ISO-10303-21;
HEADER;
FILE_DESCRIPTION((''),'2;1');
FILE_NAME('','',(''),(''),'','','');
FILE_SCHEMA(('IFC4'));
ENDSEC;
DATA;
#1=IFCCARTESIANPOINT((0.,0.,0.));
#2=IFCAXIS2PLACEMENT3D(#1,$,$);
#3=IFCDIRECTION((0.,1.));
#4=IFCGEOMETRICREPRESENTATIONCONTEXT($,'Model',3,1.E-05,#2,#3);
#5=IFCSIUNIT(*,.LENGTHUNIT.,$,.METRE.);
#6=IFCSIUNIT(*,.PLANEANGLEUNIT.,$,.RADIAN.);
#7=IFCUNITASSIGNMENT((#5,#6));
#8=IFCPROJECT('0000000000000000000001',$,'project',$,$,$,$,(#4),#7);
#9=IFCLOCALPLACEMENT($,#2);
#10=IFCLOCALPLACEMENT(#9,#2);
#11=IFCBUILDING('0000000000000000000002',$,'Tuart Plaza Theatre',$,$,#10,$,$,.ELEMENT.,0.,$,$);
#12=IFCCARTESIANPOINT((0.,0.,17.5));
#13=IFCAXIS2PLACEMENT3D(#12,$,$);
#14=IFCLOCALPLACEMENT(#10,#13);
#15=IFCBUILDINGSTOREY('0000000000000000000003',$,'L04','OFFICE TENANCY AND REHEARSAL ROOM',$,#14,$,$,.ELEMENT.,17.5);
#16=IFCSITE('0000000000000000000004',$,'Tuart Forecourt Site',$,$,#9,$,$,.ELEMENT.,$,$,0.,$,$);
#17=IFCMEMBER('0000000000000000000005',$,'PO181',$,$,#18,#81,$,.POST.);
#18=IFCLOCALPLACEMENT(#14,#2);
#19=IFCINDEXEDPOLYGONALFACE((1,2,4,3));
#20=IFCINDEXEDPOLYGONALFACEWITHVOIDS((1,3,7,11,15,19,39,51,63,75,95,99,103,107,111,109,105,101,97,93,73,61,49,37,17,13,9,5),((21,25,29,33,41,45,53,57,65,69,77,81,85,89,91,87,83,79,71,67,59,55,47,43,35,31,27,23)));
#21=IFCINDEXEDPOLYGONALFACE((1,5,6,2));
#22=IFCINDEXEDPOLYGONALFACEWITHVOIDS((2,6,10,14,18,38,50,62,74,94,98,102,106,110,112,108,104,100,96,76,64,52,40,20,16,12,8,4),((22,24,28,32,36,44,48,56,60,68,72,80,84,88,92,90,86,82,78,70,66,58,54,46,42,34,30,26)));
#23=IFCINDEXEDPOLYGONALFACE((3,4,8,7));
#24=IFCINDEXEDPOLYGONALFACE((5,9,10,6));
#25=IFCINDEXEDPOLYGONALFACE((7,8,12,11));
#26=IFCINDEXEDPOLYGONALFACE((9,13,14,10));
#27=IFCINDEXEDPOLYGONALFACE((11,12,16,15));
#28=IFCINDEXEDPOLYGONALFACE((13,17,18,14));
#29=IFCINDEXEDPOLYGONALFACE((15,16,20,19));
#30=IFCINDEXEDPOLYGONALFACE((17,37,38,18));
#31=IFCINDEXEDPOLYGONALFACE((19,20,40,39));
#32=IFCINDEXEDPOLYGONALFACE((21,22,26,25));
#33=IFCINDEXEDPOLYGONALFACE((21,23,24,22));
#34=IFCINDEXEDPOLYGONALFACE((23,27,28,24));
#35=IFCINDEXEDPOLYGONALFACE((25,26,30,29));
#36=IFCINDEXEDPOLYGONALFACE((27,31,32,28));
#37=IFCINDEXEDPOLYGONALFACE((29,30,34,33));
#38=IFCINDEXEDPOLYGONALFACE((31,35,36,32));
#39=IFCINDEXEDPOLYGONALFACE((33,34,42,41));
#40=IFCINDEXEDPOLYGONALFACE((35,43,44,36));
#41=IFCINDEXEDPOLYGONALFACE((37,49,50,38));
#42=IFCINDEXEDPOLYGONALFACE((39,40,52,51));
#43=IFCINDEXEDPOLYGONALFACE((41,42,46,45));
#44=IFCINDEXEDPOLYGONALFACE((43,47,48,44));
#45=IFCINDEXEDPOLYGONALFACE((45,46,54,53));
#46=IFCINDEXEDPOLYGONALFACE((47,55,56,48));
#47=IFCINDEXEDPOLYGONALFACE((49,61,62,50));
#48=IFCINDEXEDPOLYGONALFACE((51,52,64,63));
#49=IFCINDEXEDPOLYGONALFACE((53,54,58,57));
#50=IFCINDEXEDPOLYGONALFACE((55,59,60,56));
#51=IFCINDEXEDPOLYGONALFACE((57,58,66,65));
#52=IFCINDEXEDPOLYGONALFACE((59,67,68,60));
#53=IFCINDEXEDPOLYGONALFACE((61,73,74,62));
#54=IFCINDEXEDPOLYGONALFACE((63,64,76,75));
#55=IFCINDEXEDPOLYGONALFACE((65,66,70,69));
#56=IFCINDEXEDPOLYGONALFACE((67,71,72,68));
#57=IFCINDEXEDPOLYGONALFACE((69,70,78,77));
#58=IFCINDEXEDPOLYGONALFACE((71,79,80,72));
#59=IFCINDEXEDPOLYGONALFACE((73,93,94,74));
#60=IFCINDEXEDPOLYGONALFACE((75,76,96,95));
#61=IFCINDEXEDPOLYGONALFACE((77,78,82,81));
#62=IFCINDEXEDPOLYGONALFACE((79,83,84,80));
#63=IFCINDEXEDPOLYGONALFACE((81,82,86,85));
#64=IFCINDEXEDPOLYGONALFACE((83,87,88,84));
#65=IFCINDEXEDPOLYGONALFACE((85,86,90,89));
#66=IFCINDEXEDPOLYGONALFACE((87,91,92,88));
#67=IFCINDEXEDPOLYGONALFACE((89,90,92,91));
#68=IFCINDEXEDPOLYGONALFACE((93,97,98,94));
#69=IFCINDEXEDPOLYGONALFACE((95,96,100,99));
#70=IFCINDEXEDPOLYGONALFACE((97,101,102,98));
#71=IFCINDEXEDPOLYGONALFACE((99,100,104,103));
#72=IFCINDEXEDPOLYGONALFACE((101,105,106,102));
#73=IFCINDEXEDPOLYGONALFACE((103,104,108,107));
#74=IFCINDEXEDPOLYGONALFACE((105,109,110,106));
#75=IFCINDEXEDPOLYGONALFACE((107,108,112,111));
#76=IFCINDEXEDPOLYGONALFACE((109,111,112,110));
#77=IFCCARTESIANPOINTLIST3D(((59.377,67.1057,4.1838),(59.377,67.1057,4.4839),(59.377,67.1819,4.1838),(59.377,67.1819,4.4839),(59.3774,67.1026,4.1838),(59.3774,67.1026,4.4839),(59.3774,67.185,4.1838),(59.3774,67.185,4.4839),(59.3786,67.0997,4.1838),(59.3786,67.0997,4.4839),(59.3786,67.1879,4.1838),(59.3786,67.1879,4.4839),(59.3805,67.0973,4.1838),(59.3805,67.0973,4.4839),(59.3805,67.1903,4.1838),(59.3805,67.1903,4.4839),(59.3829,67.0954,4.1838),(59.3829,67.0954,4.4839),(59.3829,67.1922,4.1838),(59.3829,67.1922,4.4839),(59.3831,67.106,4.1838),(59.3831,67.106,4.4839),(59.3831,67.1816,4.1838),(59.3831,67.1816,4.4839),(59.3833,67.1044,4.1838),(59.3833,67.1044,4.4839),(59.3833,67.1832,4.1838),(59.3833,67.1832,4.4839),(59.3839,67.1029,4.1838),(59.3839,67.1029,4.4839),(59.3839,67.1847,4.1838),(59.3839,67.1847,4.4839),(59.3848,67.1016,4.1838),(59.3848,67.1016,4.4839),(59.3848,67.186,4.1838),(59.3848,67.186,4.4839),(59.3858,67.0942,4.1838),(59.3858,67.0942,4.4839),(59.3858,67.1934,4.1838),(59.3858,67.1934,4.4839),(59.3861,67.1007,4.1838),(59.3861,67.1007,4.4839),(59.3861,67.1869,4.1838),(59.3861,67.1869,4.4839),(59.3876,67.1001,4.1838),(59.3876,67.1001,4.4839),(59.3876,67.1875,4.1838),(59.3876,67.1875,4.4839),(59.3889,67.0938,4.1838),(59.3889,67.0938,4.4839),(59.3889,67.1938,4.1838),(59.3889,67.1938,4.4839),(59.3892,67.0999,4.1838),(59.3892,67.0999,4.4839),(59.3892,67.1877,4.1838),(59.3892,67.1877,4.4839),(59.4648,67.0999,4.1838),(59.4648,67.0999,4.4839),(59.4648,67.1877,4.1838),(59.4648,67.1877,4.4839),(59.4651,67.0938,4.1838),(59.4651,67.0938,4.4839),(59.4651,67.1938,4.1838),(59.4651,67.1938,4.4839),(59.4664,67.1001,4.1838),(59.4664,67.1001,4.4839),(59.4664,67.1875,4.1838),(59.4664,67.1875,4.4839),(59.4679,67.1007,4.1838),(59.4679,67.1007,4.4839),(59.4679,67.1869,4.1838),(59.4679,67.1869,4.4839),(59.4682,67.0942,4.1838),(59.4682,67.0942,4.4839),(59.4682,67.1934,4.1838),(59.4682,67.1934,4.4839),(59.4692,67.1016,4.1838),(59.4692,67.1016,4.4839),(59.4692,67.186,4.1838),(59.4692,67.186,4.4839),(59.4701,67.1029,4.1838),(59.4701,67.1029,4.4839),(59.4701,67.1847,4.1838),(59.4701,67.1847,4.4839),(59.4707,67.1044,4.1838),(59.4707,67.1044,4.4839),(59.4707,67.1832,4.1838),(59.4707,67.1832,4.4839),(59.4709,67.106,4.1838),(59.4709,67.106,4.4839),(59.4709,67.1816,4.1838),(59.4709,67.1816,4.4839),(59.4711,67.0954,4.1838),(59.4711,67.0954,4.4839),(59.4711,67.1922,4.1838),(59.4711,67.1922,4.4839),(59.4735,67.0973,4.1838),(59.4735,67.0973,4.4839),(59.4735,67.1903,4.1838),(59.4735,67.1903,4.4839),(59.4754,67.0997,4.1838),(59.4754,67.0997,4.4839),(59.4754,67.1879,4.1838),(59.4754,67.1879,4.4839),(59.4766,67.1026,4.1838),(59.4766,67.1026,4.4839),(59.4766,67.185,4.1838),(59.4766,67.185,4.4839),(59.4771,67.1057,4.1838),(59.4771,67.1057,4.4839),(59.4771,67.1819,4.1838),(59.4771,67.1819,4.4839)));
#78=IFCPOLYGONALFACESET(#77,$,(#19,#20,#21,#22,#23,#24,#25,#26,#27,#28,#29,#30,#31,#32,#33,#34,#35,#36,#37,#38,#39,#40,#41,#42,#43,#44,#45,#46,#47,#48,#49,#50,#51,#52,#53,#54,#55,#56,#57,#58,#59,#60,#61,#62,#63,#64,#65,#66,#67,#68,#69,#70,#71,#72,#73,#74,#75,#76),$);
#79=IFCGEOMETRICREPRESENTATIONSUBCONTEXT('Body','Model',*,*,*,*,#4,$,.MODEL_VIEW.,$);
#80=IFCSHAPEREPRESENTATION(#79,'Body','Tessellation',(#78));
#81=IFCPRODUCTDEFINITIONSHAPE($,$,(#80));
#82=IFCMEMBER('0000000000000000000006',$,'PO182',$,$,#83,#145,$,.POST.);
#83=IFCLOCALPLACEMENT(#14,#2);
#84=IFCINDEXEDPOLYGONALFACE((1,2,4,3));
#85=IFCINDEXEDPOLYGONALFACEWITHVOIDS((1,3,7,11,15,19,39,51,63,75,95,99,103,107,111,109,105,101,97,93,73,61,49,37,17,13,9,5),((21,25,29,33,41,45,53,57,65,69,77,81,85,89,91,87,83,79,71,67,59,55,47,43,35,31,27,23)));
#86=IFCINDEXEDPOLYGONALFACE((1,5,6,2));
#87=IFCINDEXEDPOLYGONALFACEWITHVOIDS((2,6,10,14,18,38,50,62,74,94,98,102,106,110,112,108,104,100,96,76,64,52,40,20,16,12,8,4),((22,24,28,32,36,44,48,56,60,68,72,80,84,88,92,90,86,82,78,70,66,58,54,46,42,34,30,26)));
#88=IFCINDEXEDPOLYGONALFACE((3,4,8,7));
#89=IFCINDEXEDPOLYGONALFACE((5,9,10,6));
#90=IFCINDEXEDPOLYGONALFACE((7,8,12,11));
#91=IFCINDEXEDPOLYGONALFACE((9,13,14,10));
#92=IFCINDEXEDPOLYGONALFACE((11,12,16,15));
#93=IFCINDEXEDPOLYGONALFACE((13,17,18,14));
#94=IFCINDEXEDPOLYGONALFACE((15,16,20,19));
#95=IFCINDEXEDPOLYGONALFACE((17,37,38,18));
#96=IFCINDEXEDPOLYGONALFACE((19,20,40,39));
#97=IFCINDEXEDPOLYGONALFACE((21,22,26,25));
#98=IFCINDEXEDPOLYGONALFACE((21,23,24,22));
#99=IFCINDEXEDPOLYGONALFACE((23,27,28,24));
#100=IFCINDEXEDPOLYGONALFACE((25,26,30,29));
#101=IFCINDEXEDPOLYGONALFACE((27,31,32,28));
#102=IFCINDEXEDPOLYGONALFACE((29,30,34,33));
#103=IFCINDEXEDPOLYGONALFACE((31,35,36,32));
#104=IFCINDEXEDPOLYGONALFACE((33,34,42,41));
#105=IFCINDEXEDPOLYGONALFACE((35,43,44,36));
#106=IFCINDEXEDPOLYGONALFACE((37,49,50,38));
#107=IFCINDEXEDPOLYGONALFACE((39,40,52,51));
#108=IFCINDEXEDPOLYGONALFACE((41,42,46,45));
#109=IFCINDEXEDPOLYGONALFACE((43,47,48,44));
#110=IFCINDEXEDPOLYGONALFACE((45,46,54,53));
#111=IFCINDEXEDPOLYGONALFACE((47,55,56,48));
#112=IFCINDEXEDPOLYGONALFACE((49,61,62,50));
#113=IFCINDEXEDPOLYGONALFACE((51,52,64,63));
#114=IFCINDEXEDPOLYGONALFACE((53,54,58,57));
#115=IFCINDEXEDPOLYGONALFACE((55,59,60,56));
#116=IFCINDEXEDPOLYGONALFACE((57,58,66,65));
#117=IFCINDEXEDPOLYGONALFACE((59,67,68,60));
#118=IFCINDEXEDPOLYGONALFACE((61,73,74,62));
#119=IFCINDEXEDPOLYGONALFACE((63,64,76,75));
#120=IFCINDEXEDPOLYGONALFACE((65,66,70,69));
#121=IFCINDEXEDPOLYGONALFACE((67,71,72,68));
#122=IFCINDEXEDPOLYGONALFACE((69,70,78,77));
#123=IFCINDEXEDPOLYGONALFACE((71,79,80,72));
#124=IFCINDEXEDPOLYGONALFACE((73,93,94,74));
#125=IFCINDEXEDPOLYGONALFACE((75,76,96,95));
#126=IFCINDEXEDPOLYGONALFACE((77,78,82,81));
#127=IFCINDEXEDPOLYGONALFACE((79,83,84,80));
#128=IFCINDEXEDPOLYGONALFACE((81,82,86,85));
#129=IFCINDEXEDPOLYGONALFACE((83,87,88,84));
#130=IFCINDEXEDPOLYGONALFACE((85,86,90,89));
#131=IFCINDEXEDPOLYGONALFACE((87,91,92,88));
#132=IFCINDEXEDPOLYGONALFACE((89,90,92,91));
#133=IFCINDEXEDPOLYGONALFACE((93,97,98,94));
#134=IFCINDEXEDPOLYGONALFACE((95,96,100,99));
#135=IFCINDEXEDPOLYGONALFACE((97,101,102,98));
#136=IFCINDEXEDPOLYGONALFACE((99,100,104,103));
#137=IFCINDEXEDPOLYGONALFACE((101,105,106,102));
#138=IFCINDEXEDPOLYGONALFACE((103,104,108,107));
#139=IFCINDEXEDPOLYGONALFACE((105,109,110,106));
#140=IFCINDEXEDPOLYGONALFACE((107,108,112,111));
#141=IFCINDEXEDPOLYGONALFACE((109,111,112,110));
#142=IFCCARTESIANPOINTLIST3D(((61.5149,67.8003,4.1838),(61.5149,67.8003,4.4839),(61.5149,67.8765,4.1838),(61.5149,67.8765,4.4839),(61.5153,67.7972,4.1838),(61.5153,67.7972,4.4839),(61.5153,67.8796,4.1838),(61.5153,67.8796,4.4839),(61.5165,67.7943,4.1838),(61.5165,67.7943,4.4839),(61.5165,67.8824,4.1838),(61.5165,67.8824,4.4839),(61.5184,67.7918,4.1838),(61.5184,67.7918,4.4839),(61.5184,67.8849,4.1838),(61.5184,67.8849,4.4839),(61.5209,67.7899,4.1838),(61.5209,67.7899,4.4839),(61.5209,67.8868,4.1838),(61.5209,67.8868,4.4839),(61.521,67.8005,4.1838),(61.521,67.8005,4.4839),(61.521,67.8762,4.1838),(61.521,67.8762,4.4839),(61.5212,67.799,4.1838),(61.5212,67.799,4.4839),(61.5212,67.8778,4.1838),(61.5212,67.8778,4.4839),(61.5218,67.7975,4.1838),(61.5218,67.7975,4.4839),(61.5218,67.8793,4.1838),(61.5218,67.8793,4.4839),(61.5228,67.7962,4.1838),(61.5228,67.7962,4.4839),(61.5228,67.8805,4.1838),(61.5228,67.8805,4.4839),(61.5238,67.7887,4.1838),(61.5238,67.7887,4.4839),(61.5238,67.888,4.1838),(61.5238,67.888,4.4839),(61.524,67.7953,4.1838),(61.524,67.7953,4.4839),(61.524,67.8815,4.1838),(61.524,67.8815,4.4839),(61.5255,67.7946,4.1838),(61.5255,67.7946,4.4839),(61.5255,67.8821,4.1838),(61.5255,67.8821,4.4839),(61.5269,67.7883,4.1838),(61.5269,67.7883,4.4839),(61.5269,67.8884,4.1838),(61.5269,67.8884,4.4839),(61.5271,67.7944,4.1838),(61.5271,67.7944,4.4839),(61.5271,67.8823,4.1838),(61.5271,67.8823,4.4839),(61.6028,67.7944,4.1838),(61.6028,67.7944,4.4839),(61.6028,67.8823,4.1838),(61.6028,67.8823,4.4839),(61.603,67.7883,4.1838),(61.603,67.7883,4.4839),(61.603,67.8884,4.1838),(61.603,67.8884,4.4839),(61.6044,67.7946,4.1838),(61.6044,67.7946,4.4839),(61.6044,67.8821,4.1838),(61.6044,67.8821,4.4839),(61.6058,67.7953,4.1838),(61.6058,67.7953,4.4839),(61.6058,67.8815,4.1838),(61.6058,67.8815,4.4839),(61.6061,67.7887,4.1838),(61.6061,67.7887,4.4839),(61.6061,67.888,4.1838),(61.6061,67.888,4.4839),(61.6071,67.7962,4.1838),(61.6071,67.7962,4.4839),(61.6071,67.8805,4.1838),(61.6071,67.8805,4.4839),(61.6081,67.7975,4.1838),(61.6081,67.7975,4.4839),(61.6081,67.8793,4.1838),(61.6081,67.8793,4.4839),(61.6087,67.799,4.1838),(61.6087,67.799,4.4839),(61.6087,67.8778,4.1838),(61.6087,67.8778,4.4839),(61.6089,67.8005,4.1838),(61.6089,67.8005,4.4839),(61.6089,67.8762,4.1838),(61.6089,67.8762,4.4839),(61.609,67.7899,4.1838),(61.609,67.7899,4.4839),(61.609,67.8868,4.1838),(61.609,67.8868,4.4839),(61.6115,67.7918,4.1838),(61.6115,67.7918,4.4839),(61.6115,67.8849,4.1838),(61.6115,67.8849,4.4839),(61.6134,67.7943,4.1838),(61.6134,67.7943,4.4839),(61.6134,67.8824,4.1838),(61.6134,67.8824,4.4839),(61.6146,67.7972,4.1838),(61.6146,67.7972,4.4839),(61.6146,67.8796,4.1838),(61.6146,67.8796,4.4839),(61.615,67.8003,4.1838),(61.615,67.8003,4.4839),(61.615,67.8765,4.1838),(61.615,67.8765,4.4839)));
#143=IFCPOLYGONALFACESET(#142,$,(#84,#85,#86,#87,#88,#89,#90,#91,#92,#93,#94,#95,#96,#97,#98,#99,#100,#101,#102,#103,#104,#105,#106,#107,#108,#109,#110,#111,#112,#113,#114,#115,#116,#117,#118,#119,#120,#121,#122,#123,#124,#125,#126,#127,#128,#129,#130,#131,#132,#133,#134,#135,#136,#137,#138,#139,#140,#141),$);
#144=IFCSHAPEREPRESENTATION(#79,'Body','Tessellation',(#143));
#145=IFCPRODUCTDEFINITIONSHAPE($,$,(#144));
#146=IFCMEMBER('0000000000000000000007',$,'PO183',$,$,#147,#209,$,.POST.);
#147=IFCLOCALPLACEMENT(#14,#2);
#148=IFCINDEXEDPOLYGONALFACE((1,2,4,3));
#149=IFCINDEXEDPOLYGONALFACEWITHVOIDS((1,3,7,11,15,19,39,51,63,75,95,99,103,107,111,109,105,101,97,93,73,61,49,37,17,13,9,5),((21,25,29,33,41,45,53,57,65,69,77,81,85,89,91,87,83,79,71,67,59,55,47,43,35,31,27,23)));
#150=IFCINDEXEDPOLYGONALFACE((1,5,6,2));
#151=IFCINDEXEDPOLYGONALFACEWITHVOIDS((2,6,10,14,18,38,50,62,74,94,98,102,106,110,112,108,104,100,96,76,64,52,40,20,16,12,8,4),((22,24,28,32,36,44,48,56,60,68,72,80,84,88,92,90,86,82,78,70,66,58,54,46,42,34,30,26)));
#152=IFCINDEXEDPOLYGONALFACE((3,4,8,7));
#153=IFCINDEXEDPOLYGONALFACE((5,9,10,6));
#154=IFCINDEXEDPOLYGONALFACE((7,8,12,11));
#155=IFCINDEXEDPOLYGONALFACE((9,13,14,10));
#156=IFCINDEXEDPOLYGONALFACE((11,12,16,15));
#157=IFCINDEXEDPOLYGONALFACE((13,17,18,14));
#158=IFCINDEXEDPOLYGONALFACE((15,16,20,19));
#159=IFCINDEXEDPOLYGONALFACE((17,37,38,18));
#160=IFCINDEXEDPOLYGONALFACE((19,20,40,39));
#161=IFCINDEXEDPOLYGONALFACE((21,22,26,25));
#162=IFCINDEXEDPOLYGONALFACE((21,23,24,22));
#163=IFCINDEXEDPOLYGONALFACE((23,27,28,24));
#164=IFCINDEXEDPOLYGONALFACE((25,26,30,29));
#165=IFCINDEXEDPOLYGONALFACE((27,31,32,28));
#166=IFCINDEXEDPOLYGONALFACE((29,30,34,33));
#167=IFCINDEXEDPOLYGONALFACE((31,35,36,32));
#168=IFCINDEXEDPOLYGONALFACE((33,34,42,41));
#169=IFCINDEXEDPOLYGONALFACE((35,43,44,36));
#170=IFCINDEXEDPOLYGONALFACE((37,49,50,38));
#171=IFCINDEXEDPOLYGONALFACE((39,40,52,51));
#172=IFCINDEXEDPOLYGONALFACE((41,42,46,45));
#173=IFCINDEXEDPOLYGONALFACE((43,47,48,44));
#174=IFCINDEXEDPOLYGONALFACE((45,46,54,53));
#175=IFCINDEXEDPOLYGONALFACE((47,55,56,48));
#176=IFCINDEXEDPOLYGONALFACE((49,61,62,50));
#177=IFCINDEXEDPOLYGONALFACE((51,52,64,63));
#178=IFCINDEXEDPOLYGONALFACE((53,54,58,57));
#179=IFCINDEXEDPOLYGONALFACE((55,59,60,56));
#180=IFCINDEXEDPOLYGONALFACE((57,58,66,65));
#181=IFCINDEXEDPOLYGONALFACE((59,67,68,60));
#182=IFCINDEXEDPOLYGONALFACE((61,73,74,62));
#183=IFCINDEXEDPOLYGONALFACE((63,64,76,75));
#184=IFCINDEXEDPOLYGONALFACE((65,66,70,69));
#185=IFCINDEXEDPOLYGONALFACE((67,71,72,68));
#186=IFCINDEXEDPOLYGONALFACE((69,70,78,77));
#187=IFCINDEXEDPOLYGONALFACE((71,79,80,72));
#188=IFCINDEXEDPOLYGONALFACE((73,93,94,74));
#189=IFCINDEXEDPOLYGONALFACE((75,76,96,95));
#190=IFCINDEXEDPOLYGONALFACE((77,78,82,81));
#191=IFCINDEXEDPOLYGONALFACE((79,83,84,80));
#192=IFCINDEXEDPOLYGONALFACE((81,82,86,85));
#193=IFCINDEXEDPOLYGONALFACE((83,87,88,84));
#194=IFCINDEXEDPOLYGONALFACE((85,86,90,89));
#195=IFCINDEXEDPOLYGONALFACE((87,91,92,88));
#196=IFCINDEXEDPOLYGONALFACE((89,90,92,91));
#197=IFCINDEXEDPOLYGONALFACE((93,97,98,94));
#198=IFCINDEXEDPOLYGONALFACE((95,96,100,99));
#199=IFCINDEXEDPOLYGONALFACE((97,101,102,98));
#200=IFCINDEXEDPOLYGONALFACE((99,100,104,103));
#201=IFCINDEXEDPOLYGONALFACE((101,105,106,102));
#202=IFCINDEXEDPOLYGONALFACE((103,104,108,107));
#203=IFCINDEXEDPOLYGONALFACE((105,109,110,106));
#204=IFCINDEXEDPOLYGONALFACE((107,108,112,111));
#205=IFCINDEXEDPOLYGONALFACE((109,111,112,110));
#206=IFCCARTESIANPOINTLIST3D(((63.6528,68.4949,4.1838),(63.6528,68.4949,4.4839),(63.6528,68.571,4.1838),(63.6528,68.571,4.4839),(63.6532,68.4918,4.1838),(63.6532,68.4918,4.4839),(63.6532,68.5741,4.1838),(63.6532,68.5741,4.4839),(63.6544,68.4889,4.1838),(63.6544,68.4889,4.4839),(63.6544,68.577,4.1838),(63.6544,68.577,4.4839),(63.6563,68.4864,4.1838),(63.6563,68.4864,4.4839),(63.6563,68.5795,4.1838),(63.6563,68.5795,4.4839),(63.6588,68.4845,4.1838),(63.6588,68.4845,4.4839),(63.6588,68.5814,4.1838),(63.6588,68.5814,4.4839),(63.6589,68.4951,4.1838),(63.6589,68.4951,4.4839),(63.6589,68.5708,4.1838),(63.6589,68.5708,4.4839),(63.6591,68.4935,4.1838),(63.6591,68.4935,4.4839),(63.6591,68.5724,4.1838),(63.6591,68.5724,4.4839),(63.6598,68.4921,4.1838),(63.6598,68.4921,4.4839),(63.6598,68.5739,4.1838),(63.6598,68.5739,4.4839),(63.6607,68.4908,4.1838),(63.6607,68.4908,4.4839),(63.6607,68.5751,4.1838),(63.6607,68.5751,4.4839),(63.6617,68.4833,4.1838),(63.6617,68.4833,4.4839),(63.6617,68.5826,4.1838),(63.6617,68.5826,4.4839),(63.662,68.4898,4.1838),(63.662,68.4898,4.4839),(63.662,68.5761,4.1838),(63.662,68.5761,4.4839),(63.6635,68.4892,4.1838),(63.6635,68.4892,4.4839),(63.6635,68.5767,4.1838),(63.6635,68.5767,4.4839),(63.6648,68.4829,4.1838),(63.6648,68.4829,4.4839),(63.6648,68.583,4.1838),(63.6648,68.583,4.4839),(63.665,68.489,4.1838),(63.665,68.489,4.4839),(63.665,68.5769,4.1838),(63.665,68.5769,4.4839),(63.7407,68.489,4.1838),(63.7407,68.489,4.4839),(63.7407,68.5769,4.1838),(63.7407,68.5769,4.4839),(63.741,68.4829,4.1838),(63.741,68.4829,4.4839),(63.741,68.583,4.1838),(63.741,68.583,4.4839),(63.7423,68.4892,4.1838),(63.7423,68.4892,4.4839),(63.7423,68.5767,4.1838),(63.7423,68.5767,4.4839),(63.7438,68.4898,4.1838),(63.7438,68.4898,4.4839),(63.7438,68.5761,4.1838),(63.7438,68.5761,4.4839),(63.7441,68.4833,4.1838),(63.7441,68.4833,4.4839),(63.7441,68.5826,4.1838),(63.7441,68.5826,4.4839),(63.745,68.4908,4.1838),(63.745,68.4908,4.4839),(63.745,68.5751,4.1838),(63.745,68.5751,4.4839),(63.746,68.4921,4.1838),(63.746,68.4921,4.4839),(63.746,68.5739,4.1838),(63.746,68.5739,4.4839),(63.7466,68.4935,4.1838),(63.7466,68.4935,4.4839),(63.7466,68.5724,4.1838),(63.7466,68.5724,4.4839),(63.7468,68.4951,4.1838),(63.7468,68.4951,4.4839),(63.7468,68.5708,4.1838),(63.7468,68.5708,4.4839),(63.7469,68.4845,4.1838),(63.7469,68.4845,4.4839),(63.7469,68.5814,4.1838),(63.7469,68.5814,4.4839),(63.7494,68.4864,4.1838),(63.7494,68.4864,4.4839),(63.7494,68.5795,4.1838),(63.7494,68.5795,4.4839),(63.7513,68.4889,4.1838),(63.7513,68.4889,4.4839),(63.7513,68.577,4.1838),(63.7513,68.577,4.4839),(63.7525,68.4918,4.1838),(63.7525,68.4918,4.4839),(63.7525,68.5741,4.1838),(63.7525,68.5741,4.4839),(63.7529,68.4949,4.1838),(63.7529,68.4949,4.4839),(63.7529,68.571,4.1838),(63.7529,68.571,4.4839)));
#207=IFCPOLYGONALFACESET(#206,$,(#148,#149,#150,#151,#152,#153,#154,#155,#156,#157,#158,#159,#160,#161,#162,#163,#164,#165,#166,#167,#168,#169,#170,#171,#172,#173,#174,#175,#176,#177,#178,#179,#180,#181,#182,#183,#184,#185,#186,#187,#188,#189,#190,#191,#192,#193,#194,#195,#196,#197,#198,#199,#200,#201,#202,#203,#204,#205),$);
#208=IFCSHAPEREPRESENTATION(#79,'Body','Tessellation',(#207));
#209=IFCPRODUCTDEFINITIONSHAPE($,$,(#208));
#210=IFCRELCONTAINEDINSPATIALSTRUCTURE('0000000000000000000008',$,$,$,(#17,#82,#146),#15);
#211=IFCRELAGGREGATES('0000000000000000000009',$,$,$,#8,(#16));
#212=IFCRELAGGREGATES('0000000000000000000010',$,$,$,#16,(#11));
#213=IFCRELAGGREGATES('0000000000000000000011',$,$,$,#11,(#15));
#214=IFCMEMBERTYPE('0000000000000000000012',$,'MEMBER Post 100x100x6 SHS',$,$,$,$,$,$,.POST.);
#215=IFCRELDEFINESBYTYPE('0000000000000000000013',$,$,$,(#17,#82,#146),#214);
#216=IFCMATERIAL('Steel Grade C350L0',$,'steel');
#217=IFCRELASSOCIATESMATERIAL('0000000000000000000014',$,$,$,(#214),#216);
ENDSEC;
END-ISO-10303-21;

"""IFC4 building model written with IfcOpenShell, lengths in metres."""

from ifc_helpers import new_model, si_unit, direction, frame, origin, origin_2d, place, context, subcontext, project, spatial, hollow_rectangle, extrude, material, material_profile, profile_set, type_object, element, save


model = new_model("IFC4")

# Units and contexts
model_context = context("Model", 3, precision=1e-05, world=origin(), true_north=direction((0.0, 1.0)))
body_context = subcontext(model_context, "Body", "Model", "MODEL_VIEW")
ifc_project = project(units=[si_unit("LENGTHUNIT", "METRE"), si_unit("PLANEANGLEUNIT", "RADIAN")], contexts=[model_context])

# Site, building, storey
site_placement = place(None, origin())
site = spatial("IfcSite", under=ifc_project, at=site_placement, Name="Tuart Forecourt Site", CompositionType="ELEMENT", RefElevation=0.0)
building_placement = place(site_placement, origin())
building = spatial("IfcBuilding", under=site, at=building_placement, Name="Tuart Plaza Theatre", CompositionType="ELEMENT", ElevationOfRefHeight=0.0)
storey_placement = place(building_placement, frame((0.0, 0.0, 17.5)))
storey = spatial("IfcBuildingStorey", under=building, at=storey_placement, Name="L04", Description="OFFICE TENANCY AND REHEARSAL ROOM", CompositionType="ELEMENT", Elevation=17.5)

# Members
ifc_material_1 = material(Name="Steel Grade C350L0", Category="steel")
ifc_material_profile_1 = material_profile(ifc_material_1, hollow_rectangle(XDim=0.1001, YDim=0.1001, WallThickness=0.0061, InnerFilletRadius=0.0061, OuterFilletRadius=0.012, at=origin_2d()), Name="100x100x6 SHS")
ifc_profile_set_1 = profile_set([ifc_material_profile_1], Name="Steel Grade C350L0")
member_type_1 = type_object("IfcMemberType", Name="MEMBER Post 100x100x6 SHS", PredefinedType="POST", material=ifc_profile_set_1)
for number, where, z_axis, x_axis, name in (
    (1, (59.427, 67.1438, 4.1838), (0.0, 0.0, 1.0), (1.0, 0.0, 0.0), "PO181"),
    (2, (61.5649, 67.8384, 4.1838), (0.0, 0.0, 1.0), (1.0, 0.0, 0.0), "PO182"),
    (3, (63.7029, 68.533, 4.1838), (0.0, 0.0, 1.0), (1.0, 0.0, 0.0), "PO183"),
):
    element("IfcMember", number, at=place(storey_placement, frame(where, z_axis=z_axis, x_axis=x_axis)), inside=storey, type_object=member_type_1, Name=name, PredefinedType="POST", context=body_context, shape_type="SweptSolid", body=[
        extrude(hollow_rectangle(XDim=0.1001, YDim=0.1001, WallThickness=0.0061, InnerFilletRadius=0.0061, OuterFilletRadius=0.012, at=origin_2d()), origin(), (0.0, 0.0, 1.0), 0.3),
    ])

save(model, "model.ifc")
